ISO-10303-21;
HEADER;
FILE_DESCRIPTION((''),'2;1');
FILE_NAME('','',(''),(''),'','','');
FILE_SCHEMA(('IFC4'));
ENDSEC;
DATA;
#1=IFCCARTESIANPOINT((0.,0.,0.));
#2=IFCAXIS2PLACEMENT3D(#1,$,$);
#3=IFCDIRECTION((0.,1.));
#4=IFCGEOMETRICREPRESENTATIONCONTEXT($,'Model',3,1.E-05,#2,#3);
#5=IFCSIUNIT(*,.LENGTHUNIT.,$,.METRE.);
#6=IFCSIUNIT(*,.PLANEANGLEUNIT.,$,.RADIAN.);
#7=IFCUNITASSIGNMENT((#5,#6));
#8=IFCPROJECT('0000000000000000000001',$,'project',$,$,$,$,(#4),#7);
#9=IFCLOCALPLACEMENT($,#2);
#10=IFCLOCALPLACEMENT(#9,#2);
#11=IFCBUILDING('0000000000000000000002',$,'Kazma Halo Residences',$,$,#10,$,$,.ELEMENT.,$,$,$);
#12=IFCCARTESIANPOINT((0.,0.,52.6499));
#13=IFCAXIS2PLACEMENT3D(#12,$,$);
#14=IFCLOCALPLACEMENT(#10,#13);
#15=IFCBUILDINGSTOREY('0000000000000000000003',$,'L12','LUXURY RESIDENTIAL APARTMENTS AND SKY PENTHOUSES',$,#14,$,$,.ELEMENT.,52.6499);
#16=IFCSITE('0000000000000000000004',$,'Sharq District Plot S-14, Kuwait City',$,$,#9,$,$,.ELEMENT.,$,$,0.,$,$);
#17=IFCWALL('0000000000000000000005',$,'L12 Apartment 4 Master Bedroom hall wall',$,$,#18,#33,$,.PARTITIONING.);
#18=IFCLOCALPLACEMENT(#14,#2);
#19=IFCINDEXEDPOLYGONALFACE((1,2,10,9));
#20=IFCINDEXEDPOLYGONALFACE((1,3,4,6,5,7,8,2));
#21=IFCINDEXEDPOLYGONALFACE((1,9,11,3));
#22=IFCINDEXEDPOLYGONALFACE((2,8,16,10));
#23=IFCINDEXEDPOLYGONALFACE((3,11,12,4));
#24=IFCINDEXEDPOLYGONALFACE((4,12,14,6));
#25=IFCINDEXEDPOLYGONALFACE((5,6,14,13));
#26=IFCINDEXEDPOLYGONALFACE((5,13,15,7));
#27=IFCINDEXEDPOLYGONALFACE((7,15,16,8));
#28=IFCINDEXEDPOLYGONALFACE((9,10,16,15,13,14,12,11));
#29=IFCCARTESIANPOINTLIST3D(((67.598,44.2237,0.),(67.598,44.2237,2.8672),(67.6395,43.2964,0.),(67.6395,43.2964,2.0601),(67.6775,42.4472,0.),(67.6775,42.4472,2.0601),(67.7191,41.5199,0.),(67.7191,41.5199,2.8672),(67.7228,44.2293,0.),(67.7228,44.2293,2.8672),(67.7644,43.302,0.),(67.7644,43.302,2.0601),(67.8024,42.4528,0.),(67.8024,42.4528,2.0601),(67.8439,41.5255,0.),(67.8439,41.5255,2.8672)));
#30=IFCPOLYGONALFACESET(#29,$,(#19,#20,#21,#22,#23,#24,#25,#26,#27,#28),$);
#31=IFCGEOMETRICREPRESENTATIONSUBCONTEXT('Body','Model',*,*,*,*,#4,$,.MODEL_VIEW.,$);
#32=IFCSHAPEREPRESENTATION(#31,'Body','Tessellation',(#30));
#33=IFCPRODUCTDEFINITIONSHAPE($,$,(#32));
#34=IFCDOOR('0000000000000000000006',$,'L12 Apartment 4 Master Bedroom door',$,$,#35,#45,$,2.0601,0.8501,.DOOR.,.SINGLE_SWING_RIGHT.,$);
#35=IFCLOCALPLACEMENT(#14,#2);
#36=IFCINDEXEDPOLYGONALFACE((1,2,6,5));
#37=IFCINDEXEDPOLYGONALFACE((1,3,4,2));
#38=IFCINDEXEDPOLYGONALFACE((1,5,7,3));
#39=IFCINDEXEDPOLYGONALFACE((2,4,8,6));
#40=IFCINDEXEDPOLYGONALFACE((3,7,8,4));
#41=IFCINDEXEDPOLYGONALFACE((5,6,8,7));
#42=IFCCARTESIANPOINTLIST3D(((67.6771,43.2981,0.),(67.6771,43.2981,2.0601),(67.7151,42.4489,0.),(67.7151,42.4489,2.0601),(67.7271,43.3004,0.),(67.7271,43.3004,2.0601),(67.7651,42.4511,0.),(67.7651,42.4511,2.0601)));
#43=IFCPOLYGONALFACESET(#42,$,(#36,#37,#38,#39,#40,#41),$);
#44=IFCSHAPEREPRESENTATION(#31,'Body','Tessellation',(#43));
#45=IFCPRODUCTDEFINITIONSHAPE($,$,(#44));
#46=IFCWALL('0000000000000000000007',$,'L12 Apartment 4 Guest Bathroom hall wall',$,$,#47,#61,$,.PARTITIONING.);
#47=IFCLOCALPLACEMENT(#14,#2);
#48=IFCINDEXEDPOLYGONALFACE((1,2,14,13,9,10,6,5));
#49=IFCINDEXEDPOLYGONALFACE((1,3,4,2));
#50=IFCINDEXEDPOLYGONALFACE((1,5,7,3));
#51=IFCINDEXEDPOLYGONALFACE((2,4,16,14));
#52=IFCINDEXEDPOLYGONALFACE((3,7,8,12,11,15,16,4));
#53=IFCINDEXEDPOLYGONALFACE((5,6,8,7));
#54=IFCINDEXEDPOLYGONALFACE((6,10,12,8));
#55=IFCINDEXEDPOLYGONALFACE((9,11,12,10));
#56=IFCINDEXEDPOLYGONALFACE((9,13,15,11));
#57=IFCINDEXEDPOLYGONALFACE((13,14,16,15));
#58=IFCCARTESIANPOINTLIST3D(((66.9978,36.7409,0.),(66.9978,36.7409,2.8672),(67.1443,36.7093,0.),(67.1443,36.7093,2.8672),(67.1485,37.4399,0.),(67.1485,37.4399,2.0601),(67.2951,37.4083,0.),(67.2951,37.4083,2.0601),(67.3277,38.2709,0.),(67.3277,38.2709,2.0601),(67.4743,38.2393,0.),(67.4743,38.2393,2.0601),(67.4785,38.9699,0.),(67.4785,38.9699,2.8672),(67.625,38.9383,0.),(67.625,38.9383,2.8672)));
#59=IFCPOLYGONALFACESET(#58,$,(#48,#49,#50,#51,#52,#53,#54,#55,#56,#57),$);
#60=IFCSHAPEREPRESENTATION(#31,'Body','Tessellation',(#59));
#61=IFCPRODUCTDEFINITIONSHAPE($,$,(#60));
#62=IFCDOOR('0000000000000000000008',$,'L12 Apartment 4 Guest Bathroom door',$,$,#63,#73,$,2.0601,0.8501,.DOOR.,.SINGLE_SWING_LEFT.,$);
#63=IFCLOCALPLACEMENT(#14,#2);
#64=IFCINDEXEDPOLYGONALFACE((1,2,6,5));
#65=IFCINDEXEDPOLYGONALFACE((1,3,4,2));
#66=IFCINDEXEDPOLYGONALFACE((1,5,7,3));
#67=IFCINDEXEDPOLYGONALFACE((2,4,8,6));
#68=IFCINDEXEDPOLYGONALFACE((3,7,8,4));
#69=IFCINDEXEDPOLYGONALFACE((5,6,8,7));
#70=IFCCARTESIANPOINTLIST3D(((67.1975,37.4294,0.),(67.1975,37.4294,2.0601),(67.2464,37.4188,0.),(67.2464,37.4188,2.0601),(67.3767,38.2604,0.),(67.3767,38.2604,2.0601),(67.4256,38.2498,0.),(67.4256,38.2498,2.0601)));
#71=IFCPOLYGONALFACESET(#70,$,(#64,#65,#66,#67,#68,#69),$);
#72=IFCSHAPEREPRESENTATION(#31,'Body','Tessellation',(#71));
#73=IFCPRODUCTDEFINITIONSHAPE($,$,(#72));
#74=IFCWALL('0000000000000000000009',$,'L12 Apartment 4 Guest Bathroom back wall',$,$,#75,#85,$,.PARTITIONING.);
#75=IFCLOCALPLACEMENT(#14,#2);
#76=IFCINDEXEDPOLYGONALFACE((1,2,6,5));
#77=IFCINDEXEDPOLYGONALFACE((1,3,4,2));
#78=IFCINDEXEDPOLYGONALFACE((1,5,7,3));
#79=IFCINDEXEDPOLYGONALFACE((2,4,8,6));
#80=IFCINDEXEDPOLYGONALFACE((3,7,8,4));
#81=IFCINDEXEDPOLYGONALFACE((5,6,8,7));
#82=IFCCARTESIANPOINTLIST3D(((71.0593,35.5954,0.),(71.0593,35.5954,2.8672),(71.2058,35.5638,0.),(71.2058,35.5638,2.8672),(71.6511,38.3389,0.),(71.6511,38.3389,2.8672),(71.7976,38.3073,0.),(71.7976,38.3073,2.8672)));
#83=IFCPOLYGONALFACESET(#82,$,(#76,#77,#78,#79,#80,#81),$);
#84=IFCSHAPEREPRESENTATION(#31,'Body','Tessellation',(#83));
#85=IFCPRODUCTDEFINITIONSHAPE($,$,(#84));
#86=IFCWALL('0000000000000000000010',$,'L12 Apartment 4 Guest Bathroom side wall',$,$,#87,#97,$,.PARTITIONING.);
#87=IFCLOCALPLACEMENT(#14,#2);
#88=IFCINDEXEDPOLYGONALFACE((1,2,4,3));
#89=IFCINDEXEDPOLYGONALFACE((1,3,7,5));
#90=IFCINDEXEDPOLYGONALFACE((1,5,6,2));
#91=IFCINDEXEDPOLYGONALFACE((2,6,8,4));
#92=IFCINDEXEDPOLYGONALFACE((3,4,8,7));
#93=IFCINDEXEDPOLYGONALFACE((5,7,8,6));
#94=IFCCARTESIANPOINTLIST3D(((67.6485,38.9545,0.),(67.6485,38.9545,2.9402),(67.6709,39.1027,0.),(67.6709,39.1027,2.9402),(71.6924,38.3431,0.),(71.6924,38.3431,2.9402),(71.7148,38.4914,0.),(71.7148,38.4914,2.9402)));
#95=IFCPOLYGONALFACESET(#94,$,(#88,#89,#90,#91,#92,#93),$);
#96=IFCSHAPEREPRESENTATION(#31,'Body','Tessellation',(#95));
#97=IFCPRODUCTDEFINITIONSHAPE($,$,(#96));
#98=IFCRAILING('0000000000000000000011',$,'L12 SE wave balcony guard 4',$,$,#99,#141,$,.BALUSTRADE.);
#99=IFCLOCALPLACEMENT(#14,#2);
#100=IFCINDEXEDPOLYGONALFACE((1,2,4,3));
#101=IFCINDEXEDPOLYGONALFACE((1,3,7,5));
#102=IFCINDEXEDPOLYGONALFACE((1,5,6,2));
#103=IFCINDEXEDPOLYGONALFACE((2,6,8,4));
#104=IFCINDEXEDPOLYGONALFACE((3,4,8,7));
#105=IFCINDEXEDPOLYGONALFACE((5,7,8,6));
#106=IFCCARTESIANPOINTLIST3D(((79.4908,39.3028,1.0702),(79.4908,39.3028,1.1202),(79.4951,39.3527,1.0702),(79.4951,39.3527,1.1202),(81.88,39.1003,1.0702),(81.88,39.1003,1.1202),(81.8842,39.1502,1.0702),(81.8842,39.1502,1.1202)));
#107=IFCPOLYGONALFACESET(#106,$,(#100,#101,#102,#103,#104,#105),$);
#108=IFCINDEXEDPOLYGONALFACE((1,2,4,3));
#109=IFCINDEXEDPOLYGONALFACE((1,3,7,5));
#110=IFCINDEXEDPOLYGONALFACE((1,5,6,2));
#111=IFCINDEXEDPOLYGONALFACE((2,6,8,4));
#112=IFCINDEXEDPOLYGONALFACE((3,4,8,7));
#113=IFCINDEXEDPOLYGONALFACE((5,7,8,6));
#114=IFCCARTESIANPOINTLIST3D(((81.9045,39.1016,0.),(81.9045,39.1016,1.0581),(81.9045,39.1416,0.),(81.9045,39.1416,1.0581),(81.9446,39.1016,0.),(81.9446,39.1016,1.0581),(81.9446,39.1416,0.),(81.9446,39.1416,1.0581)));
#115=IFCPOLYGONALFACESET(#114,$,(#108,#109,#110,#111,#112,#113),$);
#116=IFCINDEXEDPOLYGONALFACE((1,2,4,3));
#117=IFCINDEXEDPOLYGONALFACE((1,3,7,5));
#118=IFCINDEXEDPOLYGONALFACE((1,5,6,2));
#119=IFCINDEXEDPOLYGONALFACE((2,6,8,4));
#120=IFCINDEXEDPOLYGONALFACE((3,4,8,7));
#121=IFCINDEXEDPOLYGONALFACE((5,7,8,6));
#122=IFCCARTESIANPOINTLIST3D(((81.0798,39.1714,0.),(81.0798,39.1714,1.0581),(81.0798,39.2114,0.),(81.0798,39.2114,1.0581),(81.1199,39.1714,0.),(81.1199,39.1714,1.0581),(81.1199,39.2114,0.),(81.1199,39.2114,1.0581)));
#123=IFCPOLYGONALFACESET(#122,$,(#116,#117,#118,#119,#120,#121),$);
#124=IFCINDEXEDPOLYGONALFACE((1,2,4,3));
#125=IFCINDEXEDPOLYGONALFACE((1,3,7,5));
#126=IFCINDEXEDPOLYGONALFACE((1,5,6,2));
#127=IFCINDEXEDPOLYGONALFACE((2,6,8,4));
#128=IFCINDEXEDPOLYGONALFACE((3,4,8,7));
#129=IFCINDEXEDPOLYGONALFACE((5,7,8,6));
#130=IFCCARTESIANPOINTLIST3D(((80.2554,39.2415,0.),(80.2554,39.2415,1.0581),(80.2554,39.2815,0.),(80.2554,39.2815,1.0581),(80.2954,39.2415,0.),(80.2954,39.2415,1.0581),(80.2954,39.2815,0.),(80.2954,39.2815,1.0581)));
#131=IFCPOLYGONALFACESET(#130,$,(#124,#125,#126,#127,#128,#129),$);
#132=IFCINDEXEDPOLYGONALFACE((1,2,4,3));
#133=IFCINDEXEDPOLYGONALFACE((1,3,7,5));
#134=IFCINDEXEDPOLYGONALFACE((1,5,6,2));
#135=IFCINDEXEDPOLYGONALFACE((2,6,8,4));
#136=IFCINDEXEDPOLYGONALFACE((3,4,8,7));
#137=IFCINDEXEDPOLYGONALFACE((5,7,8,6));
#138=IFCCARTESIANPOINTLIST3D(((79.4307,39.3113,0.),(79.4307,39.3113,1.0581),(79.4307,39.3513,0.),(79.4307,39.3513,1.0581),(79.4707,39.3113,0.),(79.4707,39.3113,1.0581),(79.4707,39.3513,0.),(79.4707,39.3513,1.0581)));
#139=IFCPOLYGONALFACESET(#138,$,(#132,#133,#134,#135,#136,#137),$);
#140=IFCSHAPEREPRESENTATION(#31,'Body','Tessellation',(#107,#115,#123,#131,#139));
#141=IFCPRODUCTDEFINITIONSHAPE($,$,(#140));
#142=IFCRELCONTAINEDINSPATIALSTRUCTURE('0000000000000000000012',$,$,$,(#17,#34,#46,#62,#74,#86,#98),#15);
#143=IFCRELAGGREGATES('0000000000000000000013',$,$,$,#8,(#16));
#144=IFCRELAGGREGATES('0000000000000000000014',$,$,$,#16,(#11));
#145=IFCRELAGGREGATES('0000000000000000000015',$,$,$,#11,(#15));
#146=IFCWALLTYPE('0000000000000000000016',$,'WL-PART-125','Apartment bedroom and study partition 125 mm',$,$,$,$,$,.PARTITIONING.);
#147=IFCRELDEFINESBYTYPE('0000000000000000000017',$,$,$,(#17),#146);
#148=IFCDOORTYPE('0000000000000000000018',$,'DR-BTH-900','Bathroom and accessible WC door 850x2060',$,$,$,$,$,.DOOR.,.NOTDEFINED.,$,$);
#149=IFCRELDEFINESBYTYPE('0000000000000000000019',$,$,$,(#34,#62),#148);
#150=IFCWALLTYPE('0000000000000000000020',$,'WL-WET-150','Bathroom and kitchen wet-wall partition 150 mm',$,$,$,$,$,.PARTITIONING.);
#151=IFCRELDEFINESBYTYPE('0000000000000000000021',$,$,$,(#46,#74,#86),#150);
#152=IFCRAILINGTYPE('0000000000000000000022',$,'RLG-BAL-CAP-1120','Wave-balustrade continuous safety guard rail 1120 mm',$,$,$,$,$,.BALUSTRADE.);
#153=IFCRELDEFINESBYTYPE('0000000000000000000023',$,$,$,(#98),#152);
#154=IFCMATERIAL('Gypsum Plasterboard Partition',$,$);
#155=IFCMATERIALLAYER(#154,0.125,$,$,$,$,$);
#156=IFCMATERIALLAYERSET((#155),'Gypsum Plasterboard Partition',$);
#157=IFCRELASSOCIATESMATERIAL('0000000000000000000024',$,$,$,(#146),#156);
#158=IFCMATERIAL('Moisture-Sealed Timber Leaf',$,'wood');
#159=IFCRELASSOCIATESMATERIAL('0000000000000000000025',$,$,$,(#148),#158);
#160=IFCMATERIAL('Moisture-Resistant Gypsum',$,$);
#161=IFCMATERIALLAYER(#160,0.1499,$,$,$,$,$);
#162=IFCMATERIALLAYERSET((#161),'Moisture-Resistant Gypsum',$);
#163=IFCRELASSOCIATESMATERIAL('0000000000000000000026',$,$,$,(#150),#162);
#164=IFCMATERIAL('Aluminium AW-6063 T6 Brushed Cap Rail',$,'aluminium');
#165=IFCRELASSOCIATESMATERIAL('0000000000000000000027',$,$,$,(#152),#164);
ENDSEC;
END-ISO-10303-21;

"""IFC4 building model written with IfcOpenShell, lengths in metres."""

from ifc_helpers import new_model, si_unit, direction, frame, frame_2d, origin, origin_2d, place, context, subcontext, project, spatial, rectangle, extrude, material, layer, layer_set, type_object, element, fill, save


model = new_model("IFC4")

# Units and contexts
model_context = context("Model", 3, precision=1e-05, world=origin(), true_north=direction((0.0, 1.0)))
body_context = subcontext(model_context, "Body", "Model", "MODEL_VIEW")
ifc_project = project(units=[si_unit("LENGTHUNIT", "METRE"), si_unit("PLANEANGLEUNIT", "RADIAN")], contexts=[model_context])

# Site, building, storey
site_placement = place(None, origin())
site = spatial("IfcSite", under=ifc_project, at=site_placement, Name="Sharq District Plot S-14, Kuwait City", CompositionType="ELEMENT", RefElevation=0.0)
building_placement = place(site_placement, origin())
building = spatial("IfcBuilding", under=site, at=building_placement, Name="Kazma Halo Residences", CompositionType="ELEMENT")
storey_placement = place(building_placement, frame((0.0, 0.0, 52.6499)))
storey = spatial("IfcBuildingStorey", under=building, at=storey_placement, Name="L12", Description="LUXURY RESIDENTIAL APARTMENTS AND SKY PENTHOUSES", CompositionType="ELEMENT", Elevation=52.6499)

# Shared definitions
ifc_material_1 = material(Name="Gypsum Plasterboard Partition")
ifc_layer_1 = layer(ifc_material_1, 0.125)
ifc_layer_set_1 = layer_set([ifc_layer_1], Name="Gypsum Plasterboard Partition")
wall_type_1 = type_object("IfcWallType", Name="WL-PART-125", Description="Apartment bedroom and study partition 125 mm", PredefinedType="PARTITIONING", material=ifc_layer_set_1)

# Shared definitions
ifc_material_2 = material(Name="Moisture-Sealed Timber Leaf", Category="wood")
door_type = type_object("IfcDoorType", Name="DR-BTH-900", Description="Bathroom and accessible WC door 850x2060", OperationType="NOTDEFINED", PredefinedType="DOOR", material=ifc_material_2)

# Walls, openings, doors
wall_1_placement = place(storey_placement, frame((67.7815, 41.5227, 0.0), z_axis=(0.0, 0.0, 1.0), x_axis=(-0.044741, 0.998999, 0.0)))
wall_1 = element("IfcWall", 1, at=wall_1_placement, inside=storey, type_object=wall_type_1, Name="L12 Apartment 4 Master Bedroom hall wall", PredefinedType="PARTITIONING", context=body_context, shape_type="SweptSolid", body=[
    extrude(rectangle(XDim=2.7065, YDim=0.125, at=frame_2d((1.3533, 0.0))), origin(), (0.0, 0.0, 1.0), 2.8672),
])
opening_1_placement = place(wall_1_placement, frame((0.9282, 0.0, 0.0)))
opening_1 = element("IfcOpeningElement", 2, at=opening_1_placement, cuts=wall_1, PredefinedType="OPENING", context=body_context, shape_type="SweptSolid", body=[
    extrude(rectangle(XDim=0.8501, YDim=2.0601, at=frame_2d((0.425, 1.03))), frame((0.0, 0.0725, 0.0), z_axis=(0.0, -1.0, 0.0), x_axis=(1.0, 0.0, 0.0)), (0.0, 0.0, 1.0), 0.145),
])
door_1_placement = place(opening_1_placement, origin())
door_1 = element("IfcDoor", 3, at=door_1_placement, inside=storey, type_object=door_type, Name="L12 Apartment 4 Master Bedroom door", OperationType="SINGLE_SWING_RIGHT", OverallHeight=2.0601, OverallWidth=0.8501, PredefinedType="DOOR", context=body_context, shape_type="SweptSolid", body=[
    extrude(rectangle(XDim=0.8501, YDim=2.0601, at=frame_2d((0.425, 1.03))), frame((0.0, 0.0249, 0.0), z_axis=(0.0, -1.0, 0.0), x_axis=(1.0, 0.0, 0.0)), (0.0, 0.0, 1.0), 0.05),
])
fill(opening_1, door_1)
ifc_material_3 = material(Name="Moisture-Resistant Gypsum")
ifc_layer_2 = layer(ifc_material_3, 0.1499)
ifc_layer_set_2 = layer_set([ifc_layer_2], Name="Moisture-Resistant Gypsum")
wall_type_2 = type_object("IfcWallType", Name="WL-WET-150", Description="Bathroom and kitchen wet-wall partition 150 mm", PredefinedType="PARTITIONING", material=ifc_layer_set_2)
wall_2_placement = place(storey_placement, frame((67.071, 36.7251, 0.0), z_axis=(0.0, 0.0, 1.0), x_axis=(0.210816, 0.977526, 0.0)))
wall_2 = element("IfcWall", 4, at=wall_2_placement, inside=storey, type_object=wall_type_2, Name="L12 Apartment 4 Guest Bathroom hall wall", PredefinedType="PARTITIONING", context=body_context, shape_type="SweptSolid", body=[
    extrude(rectangle(XDim=2.2803, YDim=0.1499, at=frame_2d((1.1401, 0.0))), origin(), (0.0, 0.0, 1.0), 2.8672),
])
opening_2_placement = place(wall_2_placement, frame((0.7151, 0.0, 0.0)))
opening_2 = element("IfcOpeningElement", 5, at=opening_2_placement, cuts=wall_2, PredefinedType="OPENING", context=body_context, shape_type="SweptSolid", body=[
    extrude(rectangle(XDim=0.8501, YDim=2.0601, at=frame_2d((0.425, 1.03))), frame((0.0, 0.085, 0.0), z_axis=(0.0, -1.0, 0.0), x_axis=(1.0, 0.0, 0.0)), (0.0, 0.0, 1.0), 0.1699),
])
door_2_placement = place(opening_2_placement, origin())
door_2 = element("IfcDoor", 6, at=door_2_placement, inside=storey, type_object=door_type, Name="L12 Apartment 4 Guest Bathroom door", OperationType="SINGLE_SWING_LEFT", OverallHeight=2.0601, OverallWidth=0.8501, PredefinedType="DOOR", context=body_context, shape_type="SweptSolid", body=[
    extrude(rectangle(XDim=0.8501, YDim=2.0601, at=frame_2d((0.425, 1.03))), frame((0.0, 0.0249, 0.0), z_axis=(0.0, -1.0, 0.0), x_axis=(1.0, 0.0, 0.0)), (0.0, 0.0, 1.0), 0.05),
])
fill(opening_2, door_2)

# Walls
wall_3_placement = place(storey_placement, frame((71.1326, 35.5796, 0.0), z_axis=(0.0, 0.0, 1.0), x_axis=(0.210848, 0.977519, 0.0)))
element("IfcWall", 7, at=wall_3_placement, inside=storey, type_object=wall_type_2, Name="L12 Apartment 4 Guest Bathroom back wall", PredefinedType="PARTITIONING", context=body_context, shape_type="SweptSolid", body=[
    extrude(rectangle(XDim=2.8066, YDim=0.1499, at=frame_2d((1.4033, 0.0))), origin(), (0.0, 0.0, 1.0), 2.8672),
])
wall_4_placement = place(storey_placement, frame((67.6597, 39.0286, 0.0), z_axis=(0.0, 0.0, 1.0), x_axis=(0.988766, -0.149473, 0.0)))
element("IfcWall", 8, at=wall_4_placement, inside=storey, type_object=wall_type_2, Name="L12 Apartment 4 Guest Bathroom side wall", PredefinedType="PARTITIONING", context=body_context, shape_type="SweptSolid", body=[
    extrude(rectangle(XDim=4.0898, YDim=0.1499, at=frame_2d((2.0449, 0.0))), origin(), (0.0, 0.0, 1.0), 2.9402),
])

# Railing
ifc_material_4 = material(Name="Aluminium AW-6063 T6 Brushed Cap Rail", Category="aluminium")
railing_type = type_object("IfcRailingType", Name="RLG-BAL-CAP-1120", Description="Wave-balustrade continuous safety guard rail 1120 mm", PredefinedType="BALUSTRADE", material=ifc_material_4)
railing_placement = place(storey_placement, frame((81.9246, 39.1216, 0.0)))
element("IfcRailing", 9, at=railing_placement, inside=storey, type_object=railing_type, Name="L12 SE wave balcony guard 4", PredefinedType="BALUSTRADE", context=body_context, shape_type="SweptSolid", body=[
    extrude(rectangle(XDim=0.05, YDim=0.05, at=origin_2d()), frame((-0.0425, 0.0037, 1.0952), z_axis=(-0.996426, 0.08447, 0.0), x_axis=(-0.08447, -0.996426, 0.0)), (0.0, 0.0, 1.0), 2.3977),
    extrude(rectangle(XDim=0.04, YDim=0.04, at=origin_2d()), origin(), (0.0, 0.0, 1.0), 1.0581),
    extrude(rectangle(XDim=0.04, YDim=0.04, at=origin_2d()), frame((-0.8247, 0.0698, 0.0)), (0.0, 0.0, 1.0), 1.0581),
    extrude(rectangle(XDim=0.04, YDim=0.04, at=origin_2d()), frame((-1.6492, 0.1399, 0.0)), (0.0, 0.0, 1.0), 1.0581),
    extrude(rectangle(XDim=0.04, YDim=0.04, at=origin_2d()), frame((-2.4739, 0.2097, 0.0)), (0.0, 0.0, 1.0), 1.0581),
])

save(model, "model.ifc")
